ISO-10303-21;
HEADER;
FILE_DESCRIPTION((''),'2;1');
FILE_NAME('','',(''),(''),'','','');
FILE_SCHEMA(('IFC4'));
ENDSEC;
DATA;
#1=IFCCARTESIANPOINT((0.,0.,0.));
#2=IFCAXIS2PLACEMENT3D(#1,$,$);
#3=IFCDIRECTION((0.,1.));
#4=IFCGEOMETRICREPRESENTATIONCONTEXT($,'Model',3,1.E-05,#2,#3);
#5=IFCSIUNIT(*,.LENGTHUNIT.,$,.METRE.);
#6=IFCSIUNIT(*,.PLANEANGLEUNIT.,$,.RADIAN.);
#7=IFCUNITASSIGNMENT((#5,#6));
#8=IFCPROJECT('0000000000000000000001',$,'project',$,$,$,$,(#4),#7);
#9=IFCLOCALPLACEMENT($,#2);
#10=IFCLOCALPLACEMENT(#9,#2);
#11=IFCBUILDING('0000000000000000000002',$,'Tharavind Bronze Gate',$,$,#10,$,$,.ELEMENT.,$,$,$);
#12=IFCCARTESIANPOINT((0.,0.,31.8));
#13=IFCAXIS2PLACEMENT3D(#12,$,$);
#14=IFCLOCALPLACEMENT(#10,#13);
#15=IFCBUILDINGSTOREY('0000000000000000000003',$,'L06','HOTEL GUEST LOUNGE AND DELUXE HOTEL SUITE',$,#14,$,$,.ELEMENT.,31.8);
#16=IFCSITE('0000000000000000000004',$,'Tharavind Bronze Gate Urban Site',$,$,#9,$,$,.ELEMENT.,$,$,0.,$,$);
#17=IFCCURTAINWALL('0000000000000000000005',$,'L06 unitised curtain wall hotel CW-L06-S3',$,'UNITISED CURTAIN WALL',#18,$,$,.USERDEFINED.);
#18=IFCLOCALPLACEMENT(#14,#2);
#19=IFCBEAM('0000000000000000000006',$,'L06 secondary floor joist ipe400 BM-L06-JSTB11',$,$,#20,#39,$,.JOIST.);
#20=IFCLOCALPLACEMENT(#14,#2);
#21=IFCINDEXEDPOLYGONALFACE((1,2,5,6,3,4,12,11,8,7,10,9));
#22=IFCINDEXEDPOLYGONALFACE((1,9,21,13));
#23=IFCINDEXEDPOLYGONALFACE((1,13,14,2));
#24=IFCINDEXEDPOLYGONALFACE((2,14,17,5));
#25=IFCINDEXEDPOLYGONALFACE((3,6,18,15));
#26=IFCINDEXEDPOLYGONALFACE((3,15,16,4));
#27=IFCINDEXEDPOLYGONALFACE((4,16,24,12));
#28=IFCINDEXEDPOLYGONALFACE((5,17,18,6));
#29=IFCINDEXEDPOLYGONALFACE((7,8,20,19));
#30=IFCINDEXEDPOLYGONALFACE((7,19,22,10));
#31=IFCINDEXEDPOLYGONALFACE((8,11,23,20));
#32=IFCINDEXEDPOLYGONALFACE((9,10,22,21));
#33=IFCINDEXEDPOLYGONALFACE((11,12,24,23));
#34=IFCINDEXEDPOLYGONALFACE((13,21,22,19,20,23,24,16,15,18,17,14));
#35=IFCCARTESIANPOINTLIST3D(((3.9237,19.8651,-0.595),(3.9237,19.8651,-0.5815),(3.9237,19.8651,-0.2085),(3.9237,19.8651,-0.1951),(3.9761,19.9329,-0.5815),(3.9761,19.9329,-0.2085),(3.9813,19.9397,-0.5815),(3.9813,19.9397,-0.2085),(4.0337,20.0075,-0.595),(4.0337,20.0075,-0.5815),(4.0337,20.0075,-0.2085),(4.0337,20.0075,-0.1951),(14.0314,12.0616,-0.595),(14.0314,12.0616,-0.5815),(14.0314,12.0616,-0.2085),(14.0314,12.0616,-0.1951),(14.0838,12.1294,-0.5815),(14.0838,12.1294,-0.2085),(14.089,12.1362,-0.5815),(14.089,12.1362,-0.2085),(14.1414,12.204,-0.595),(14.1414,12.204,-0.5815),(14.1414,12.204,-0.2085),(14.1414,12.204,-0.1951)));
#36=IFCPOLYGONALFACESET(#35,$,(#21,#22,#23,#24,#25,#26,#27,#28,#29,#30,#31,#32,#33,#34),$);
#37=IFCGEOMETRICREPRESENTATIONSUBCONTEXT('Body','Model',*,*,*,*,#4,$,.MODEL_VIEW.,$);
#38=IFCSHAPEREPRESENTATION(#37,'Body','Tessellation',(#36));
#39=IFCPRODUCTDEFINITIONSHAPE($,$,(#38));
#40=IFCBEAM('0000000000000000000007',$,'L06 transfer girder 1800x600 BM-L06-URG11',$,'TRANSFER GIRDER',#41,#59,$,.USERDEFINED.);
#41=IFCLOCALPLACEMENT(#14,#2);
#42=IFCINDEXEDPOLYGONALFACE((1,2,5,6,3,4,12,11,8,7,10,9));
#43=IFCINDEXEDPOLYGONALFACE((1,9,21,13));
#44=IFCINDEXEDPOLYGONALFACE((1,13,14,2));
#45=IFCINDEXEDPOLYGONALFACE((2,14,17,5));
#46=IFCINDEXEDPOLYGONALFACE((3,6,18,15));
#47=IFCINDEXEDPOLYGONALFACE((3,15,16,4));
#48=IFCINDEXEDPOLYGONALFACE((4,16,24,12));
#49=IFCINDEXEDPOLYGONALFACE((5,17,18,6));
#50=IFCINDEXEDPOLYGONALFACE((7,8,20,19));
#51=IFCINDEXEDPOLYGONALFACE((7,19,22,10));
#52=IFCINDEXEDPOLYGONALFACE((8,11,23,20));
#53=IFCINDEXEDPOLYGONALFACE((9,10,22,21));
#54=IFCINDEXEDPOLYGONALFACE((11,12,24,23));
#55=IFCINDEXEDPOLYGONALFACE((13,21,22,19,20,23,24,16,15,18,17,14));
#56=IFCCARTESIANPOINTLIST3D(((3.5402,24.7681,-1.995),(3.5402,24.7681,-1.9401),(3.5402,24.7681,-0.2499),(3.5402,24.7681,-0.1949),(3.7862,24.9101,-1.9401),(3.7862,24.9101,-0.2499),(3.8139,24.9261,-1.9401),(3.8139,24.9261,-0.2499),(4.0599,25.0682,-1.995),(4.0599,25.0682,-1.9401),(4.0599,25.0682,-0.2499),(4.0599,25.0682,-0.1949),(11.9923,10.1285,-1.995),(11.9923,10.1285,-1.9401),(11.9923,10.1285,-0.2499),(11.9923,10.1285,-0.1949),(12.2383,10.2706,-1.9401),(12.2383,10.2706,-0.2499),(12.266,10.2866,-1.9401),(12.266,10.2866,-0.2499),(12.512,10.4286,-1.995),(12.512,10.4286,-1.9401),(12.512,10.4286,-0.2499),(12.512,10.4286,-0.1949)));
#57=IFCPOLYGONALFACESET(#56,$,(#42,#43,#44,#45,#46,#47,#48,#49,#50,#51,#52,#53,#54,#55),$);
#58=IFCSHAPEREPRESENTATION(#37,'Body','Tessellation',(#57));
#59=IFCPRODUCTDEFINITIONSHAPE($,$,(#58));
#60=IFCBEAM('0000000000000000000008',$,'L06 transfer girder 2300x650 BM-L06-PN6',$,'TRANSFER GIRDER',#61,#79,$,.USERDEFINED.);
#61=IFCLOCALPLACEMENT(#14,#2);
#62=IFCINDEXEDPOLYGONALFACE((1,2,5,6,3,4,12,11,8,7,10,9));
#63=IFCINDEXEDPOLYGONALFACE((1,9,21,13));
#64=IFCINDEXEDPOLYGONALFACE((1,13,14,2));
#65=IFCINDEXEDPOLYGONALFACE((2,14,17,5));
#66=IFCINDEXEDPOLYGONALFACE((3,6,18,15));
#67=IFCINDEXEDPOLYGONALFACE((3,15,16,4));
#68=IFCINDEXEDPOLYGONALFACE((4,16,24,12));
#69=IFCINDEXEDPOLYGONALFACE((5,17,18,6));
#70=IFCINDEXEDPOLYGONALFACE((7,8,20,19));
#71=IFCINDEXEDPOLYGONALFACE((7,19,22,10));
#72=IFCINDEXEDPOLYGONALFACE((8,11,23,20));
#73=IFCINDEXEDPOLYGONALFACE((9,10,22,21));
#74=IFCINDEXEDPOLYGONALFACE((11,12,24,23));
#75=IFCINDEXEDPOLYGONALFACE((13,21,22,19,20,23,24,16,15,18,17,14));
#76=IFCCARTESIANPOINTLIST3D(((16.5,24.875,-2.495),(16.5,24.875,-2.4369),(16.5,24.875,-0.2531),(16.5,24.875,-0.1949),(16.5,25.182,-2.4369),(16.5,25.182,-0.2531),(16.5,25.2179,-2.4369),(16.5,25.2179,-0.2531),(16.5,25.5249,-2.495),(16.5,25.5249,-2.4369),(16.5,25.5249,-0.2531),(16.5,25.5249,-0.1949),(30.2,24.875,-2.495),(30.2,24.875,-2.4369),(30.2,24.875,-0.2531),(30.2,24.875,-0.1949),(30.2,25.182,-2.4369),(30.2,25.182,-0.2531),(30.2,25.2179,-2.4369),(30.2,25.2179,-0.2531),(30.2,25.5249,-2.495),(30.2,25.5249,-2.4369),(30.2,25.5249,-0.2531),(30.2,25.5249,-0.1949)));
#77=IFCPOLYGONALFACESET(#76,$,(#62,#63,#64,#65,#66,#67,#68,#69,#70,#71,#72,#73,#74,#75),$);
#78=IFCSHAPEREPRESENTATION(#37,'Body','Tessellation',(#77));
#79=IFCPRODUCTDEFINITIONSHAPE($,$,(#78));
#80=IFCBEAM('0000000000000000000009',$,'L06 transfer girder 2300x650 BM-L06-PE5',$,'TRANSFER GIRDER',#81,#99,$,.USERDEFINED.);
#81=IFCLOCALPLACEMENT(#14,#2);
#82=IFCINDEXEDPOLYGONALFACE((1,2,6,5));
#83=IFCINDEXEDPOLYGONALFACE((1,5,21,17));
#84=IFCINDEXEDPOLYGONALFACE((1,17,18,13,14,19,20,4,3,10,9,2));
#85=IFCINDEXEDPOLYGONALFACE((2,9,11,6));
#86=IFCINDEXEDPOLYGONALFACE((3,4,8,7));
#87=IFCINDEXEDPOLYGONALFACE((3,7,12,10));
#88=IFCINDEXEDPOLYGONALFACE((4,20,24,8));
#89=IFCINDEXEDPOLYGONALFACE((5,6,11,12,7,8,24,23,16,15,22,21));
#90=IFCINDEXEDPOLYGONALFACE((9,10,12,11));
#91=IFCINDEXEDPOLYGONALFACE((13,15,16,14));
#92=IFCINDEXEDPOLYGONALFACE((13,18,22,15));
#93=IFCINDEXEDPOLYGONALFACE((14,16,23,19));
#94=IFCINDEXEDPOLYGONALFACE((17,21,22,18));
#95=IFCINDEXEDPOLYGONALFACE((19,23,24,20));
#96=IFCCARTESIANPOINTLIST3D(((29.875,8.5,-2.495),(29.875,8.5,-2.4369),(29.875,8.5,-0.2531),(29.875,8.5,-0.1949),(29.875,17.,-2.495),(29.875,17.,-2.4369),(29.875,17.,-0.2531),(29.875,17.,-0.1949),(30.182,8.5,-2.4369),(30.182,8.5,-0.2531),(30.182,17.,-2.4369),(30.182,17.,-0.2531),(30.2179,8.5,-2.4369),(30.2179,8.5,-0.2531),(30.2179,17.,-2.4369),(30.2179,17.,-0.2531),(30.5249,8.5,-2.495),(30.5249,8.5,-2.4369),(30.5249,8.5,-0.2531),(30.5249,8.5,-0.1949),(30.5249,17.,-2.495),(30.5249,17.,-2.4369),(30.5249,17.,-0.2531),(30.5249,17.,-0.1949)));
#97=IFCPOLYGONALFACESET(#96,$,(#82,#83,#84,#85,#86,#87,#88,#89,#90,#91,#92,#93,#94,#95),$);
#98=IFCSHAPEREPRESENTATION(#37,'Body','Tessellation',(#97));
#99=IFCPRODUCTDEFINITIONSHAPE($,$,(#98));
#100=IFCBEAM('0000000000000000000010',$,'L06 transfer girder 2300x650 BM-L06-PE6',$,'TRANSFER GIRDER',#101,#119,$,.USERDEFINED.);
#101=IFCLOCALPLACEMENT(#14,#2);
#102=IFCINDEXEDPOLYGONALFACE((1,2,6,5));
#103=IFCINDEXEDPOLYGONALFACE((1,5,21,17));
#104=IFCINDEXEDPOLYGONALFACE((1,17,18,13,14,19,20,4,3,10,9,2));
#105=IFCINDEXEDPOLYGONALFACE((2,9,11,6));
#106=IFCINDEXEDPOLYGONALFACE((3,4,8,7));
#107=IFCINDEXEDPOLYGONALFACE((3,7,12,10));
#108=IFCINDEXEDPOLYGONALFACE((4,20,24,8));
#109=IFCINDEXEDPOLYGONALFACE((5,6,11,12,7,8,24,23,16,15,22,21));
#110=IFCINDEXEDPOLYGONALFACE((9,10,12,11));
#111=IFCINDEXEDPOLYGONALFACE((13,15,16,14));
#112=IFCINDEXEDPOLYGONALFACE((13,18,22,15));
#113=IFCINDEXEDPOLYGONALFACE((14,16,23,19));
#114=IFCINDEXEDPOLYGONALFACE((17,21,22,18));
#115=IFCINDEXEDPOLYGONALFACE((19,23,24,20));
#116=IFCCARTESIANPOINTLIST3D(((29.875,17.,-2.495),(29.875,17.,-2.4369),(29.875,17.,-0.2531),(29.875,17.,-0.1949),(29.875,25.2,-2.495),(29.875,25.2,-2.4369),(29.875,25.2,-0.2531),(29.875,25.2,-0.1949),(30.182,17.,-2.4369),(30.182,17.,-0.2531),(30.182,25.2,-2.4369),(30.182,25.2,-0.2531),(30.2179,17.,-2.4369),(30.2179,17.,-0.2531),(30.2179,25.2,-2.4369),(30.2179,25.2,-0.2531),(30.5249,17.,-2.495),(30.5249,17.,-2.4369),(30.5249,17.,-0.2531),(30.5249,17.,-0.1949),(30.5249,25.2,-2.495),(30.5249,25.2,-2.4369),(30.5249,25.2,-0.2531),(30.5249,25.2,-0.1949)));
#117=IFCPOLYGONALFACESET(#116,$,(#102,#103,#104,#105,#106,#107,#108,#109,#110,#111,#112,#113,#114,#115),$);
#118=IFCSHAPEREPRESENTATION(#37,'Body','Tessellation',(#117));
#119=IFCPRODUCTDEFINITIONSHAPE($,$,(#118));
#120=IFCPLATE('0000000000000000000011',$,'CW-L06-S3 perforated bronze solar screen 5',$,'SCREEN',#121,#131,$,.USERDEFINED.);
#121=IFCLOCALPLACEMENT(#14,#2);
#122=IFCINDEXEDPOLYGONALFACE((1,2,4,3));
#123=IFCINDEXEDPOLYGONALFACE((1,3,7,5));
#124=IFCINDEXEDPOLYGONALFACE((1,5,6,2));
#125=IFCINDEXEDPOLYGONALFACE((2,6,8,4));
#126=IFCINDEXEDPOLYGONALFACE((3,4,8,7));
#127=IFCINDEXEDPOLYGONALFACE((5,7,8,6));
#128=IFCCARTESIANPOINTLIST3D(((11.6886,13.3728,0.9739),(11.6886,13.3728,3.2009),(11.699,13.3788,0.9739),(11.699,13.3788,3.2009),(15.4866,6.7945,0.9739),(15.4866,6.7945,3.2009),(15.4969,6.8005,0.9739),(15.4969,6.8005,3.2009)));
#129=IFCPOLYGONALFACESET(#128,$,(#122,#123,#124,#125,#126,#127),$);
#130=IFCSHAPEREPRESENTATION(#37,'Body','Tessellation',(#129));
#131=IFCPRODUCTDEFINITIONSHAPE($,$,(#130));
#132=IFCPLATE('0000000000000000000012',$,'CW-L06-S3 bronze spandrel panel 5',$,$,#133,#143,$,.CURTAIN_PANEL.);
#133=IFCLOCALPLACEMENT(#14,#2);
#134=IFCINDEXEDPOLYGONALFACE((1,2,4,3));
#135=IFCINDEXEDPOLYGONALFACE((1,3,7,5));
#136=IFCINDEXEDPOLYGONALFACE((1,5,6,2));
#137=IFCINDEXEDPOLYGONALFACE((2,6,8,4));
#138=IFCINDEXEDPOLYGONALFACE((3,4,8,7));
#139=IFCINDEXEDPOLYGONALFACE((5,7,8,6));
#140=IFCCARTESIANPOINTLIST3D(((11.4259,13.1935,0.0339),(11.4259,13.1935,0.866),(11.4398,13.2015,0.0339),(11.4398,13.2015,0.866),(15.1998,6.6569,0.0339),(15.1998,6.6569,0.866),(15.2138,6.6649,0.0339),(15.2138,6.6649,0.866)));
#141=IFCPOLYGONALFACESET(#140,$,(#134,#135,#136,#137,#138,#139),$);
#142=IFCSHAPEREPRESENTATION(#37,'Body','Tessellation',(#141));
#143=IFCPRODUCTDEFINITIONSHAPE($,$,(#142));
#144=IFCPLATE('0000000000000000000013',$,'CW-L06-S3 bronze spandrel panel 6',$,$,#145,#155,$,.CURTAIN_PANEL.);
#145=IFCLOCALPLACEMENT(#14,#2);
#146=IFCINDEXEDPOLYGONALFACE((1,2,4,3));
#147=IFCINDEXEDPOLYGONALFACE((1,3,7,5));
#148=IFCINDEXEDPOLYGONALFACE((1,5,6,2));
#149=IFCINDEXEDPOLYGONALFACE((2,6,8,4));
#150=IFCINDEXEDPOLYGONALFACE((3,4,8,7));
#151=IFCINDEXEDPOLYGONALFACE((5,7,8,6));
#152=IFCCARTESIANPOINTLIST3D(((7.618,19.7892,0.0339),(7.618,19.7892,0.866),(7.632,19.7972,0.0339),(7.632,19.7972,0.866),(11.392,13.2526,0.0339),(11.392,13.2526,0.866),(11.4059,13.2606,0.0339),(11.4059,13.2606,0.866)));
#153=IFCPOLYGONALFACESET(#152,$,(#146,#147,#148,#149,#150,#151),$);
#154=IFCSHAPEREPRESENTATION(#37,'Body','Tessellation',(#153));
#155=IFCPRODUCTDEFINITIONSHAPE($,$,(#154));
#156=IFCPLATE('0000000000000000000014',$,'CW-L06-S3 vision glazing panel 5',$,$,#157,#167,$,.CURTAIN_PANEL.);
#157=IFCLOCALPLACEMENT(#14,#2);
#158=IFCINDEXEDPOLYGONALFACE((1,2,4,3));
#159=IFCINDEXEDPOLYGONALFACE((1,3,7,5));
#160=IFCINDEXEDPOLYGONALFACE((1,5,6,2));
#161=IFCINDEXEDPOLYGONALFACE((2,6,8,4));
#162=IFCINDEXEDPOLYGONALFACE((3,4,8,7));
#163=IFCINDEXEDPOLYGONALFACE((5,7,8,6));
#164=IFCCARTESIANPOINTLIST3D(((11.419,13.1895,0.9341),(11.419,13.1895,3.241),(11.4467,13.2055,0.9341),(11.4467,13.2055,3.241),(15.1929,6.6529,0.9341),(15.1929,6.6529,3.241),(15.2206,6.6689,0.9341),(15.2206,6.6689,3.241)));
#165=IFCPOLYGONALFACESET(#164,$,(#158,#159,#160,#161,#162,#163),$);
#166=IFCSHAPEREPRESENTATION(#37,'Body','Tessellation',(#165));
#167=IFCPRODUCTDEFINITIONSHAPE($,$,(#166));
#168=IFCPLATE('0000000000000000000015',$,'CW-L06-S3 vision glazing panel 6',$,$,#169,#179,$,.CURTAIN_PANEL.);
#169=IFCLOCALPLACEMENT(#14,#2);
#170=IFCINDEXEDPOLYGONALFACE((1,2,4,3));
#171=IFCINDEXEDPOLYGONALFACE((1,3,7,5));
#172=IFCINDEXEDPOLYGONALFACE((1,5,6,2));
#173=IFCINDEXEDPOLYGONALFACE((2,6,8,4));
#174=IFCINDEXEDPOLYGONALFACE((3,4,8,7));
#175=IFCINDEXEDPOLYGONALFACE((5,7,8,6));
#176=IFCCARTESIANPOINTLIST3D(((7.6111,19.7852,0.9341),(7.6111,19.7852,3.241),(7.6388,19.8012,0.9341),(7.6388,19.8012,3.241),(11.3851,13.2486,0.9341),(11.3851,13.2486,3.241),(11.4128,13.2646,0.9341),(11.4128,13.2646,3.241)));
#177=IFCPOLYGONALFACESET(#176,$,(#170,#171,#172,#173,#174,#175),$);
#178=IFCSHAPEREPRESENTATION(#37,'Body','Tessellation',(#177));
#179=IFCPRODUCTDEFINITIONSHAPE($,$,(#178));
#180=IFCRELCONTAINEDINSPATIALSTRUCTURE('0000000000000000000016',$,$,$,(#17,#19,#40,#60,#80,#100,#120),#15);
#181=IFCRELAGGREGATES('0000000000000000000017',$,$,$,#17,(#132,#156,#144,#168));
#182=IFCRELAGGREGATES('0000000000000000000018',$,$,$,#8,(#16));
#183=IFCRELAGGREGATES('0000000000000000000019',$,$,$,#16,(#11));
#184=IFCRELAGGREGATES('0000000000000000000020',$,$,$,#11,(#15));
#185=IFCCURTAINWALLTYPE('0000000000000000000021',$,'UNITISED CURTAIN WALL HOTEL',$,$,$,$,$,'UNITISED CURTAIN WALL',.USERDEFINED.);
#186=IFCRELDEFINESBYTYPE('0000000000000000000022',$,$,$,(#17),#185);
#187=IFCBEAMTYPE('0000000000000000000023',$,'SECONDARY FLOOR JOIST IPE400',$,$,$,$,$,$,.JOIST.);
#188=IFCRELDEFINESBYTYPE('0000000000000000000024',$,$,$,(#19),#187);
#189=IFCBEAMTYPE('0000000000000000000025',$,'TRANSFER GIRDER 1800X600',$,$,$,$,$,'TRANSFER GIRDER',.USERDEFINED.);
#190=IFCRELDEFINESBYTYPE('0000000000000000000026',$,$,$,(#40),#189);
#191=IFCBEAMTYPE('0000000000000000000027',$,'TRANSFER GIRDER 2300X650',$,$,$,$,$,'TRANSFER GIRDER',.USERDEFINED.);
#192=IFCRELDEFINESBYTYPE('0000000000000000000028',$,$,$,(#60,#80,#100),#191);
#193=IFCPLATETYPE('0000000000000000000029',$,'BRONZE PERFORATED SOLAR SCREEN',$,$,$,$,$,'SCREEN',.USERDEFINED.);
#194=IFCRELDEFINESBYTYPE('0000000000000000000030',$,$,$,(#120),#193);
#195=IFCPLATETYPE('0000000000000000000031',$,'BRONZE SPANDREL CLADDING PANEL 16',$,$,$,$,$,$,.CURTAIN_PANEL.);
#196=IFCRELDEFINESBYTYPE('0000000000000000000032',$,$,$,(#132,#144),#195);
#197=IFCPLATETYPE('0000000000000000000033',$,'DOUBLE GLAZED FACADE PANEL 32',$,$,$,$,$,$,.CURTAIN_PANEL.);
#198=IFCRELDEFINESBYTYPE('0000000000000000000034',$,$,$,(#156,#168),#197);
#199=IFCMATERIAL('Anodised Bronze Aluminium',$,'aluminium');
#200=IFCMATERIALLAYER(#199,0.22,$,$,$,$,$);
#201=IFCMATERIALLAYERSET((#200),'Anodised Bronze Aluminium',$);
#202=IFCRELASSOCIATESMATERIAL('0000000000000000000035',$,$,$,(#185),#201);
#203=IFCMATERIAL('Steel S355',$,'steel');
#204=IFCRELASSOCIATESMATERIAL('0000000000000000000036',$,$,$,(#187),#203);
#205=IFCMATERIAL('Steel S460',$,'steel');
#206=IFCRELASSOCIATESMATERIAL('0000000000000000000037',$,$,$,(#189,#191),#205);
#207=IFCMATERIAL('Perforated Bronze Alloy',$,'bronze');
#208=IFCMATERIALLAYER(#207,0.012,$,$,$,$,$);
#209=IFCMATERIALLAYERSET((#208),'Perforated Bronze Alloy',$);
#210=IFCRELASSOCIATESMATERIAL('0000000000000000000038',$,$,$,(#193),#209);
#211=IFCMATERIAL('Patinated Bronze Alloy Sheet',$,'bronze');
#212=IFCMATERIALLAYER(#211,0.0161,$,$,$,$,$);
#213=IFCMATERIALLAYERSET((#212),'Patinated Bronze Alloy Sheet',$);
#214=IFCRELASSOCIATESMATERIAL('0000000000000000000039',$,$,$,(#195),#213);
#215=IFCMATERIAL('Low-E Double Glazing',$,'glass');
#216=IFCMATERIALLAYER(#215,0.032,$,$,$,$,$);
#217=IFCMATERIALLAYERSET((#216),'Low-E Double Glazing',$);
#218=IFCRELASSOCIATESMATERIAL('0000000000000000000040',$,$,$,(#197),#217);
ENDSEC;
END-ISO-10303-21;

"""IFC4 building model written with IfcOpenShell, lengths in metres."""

from ifc_helpers import new_model, si_unit, direction, frame, origin, origin_2d, place, context, subcontext, project, spatial, rectangle, i_section, extrude, material, layer, layer_set, material_profile, profile_set, type_object, element, aggregate, save


model = new_model("IFC4")

# Units and contexts
model_context = context("Model", 3, precision=1e-05, world=origin(), true_north=direction((0.0, 1.0)))
body_context = subcontext(model_context, "Body", "Model", "MODEL_VIEW")
ifc_project = project(units=[si_unit("LENGTHUNIT", "METRE"), si_unit("PLANEANGLEUNIT", "RADIAN")], contexts=[model_context])

# Site, building, storey
site_placement = place(None, origin())
site = spatial("IfcSite", under=ifc_project, at=site_placement, Name="Tharavind Bronze Gate Urban Site", CompositionType="ELEMENT", RefElevation=0.0)
building_placement = place(site_placement, origin())
building = spatial("IfcBuilding", under=site, at=building_placement, Name="Tharavind Bronze Gate", CompositionType="ELEMENT")
storey_placement = place(building_placement, frame((0.0, 0.0, 31.8)))
storey = spatial("IfcBuildingStorey", under=building, at=storey_placement, Name="L06", Description="HOTEL GUEST LOUNGE AND DELUXE HOTEL SUITE", CompositionType="ELEMENT", Elevation=31.8)

# Shared definitions
ifc_material_1 = material(Name="Steel S460", Category="steel")

# Curtain wall
ifc_material_2 = material(Name="Anodised Bronze Aluminium", Category="aluminium")
ifc_layer_1 = layer(ifc_material_2, 0.22)
ifc_layer_set_1 = layer_set([ifc_layer_1], Name="Anodised Bronze Aluminium")
curtain_wall_type = type_object("IfcCurtainWallType", Name="UNITISED CURTAIN WALL HOTEL", ElementType="UNITISED CURTAIN WALL", PredefinedType="USERDEFINED", material=ifc_layer_set_1)
curtain_wall_placement = place(storey_placement, origin())
curtain_wall = element("IfcCurtainWall", 1, at=curtain_wall_placement, inside=storey, type_object=curtain_wall_type, Name="L06 unitised curtain wall hotel CW-L06-S3", ObjectType="UNITISED CURTAIN WALL", PredefinedType="USERDEFINED")

# Beams
ifc_material_3 = material(Name="Steel S355", Category="steel")
ifc_material_profile_1 = material_profile(ifc_material_3, i_section(OverallWidth=0.1799, OverallDepth=0.3999, WebThickness=0.0085, FlangeThickness=0.0134, at=origin_2d()), Name="IPE400")
ifc_profile_set_1 = profile_set([ifc_material_profile_1], Name="Steel S355")
beam_type_1 = type_object("IfcBeamType", Name="SECONDARY FLOOR JOIST IPE400", PredefinedType="JOIST", material=ifc_profile_set_1)
beam_1_placement = place(storey_placement, frame((14.0864, 12.1328, -0.395), z_axis=(-0.79155, 0.611104, 0.0), x_axis=(-0.611104, -0.79155, 0.0)))
element("IfcBeam", 2, at=beam_1_placement, inside=storey, type_object=beam_type_1, Name="L06 secondary floor joist ipe400 BM-L06-JSTB11", PredefinedType="JOIST", context=body_context, shape_type="SweptSolid", body=[
    extrude(i_section(OverallWidth=0.1799, OverallDepth=0.3999, WebThickness=0.0085, FlangeThickness=0.0134, at=origin_2d()), origin(), (0.0, 0.0, 1.0), 12.7695),
])
ifc_material_profile_2 = material_profile(ifc_material_1, i_section(OverallWidth=0.6001, OverallDepth=1.8, WebThickness=0.032, FlangeThickness=0.0549, at=origin_2d()), Name="PG1800X600")
ifc_profile_set_2 = profile_set([ifc_material_profile_2], Name="Steel S460")
beam_type_2 = type_object("IfcBeamType", Name="TRANSFER GIRDER 1800X600", ElementType="TRANSFER GIRDER", PredefinedType="USERDEFINED", material=ifc_profile_set_2)
beam_2_placement = place(storey_placement, frame((12.2522, 10.2786, -1.095), z_axis=(-0.499997, 0.866027, 0.0), x_axis=(-0.866027, -0.499997, 0.0)))
element("IfcBeam", 3, at=beam_2_placement, inside=storey, type_object=beam_type_2, Name="L06 transfer girder 1800x600 BM-L06-URG11", ObjectType="TRANSFER GIRDER", PredefinedType="USERDEFINED", context=body_context, shape_type="SweptSolid", body=[
    extrude(i_section(OverallWidth=0.6001, OverallDepth=1.8, WebThickness=0.032, FlangeThickness=0.0549, at=origin_2d()), origin(), (0.0, 0.0, 1.0), 16.9043),
])
ifc_material_profile_3 = material_profile(ifc_material_1, i_section(OverallWidth=0.6499, OverallDepth=2.3, WebThickness=0.0359, FlangeThickness=0.0581, at=origin_2d()), Name="PG2300X650")
ifc_profile_set_3 = profile_set([ifc_material_profile_3], Name="Steel S460")
beam_type_3 = type_object("IfcBeamType", Name="TRANSFER GIRDER 2300X650", ElementType="TRANSFER GIRDER", PredefinedType="USERDEFINED", material=ifc_profile_set_3)
beam_3_placement = place(storey_placement, frame((16.5, 25.2, -1.345), z_axis=(1.0, 0.0, 0.0), x_axis=(0.0, 1.0, 0.0)))
element("IfcBeam", 4, at=beam_3_placement, inside=storey, type_object=beam_type_3, Name="L06 transfer girder 2300x650 BM-L06-PN6", ObjectType="TRANSFER GIRDER", PredefinedType="USERDEFINED", context=body_context, shape_type="SweptSolid", body=[
    extrude(i_section(OverallWidth=0.6499, OverallDepth=2.3, WebThickness=0.0359, FlangeThickness=0.0581, at=origin_2d()), origin(), (0.0, 0.0, 1.0), 13.7),
])
beam_4_placement = place(storey_placement, frame((30.2, 8.5, -1.345), z_axis=(0.0, 1.0, 0.0), x_axis=(-1.0, 0.0, 0.0)))
element("IfcBeam", 5, at=beam_4_placement, inside=storey, type_object=beam_type_3, Name="L06 transfer girder 2300x650 BM-L06-PE5", ObjectType="TRANSFER GIRDER", PredefinedType="USERDEFINED", context=body_context, shape_type="SweptSolid", body=[
    extrude(i_section(OverallWidth=0.6499, OverallDepth=2.3, WebThickness=0.0359, FlangeThickness=0.0581, at=origin_2d()), origin(), (0.0, 0.0, 1.0), 8.5),
])
beam_5_placement = place(storey_placement, frame((30.2, 17.0, -1.345), z_axis=(0.0, 1.0, 0.0), x_axis=(-1.0, 0.0, 0.0)))
element("IfcBeam", 6, at=beam_5_placement, inside=storey, type_object=beam_type_3, Name="L06 transfer girder 2300x650 BM-L06-PE6", ObjectType="TRANSFER GIRDER", PredefinedType="USERDEFINED", context=body_context, shape_type="SweptSolid", body=[
    extrude(i_section(OverallWidth=0.6499, OverallDepth=2.3, WebThickness=0.0359, FlangeThickness=0.0581, at=origin_2d()), origin(), (0.0, 0.0, 1.0), 8.2),
])

# Plates
ifc_material_4 = material(Name="Perforated Bronze Alloy", Category="bronze")
ifc_layer_2 = layer(ifc_material_4, 0.012)
ifc_layer_set_2 = layer_set([ifc_layer_2], Name="Perforated Bronze Alloy")
plate_type_1 = type_object("IfcPlateType", Name="BRONZE PERFORATED SOLAR SCREEN", ElementType="SCREEN", PredefinedType="USERDEFINED", material=ifc_layer_set_2)
plate_1_placement = place(storey_placement, frame((13.5928, 10.0867, 0.9739), z_axis=(0.0, 0.0, 1.0), x_axis=(-0.500002, 0.866025, 0.0)))
element("IfcPlate", 7, at=plate_1_placement, inside=storey, type_object=plate_type_1, Name="CW-L06-S3 perforated bronze solar screen 5", ObjectType="SCREEN", PredefinedType="USERDEFINED", context=body_context, shape_type="SweptSolid", body=[
    extrude(rectangle(XDim=7.5959, YDim=0.012, at=origin_2d()), origin(), (0.0, 0.0, 1.0), 2.2271),
])
ifc_material_5 = material(Name="Patinated Bronze Alloy Sheet", Category="bronze")
ifc_layer_3 = layer(ifc_material_5, 0.0161)
ifc_layer_set_3 = layer_set([ifc_layer_3], Name="Patinated Bronze Alloy Sheet")
plate_type_2 = type_object("IfcPlateType", Name="BRONZE SPANDREL CLADDING PANEL 16", PredefinedType="CURTAIN_PANEL", material=ifc_layer_set_3)
plate_2_placement = place(storey_placement, frame((13.3198, 9.9292, 0.0339), z_axis=(0.0, 0.0, 1.0), x_axis=(-0.500002, 0.866025, 0.0)))
plate_2 = element("IfcPlate", 8, at=plate_2_placement, type_object=plate_type_2, Name="CW-L06-S3 bronze spandrel panel 5", PredefinedType="CURTAIN_PANEL", context=body_context, shape_type="SweptSolid", body=[
    extrude(rectangle(XDim=7.5479, YDim=0.0161, at=origin_2d()), origin(), (0.0, 0.0, 1.0), 0.832),
])
plate_3_placement = place(storey_placement, frame((9.512, 16.5249, 0.0339), z_axis=(0.0, 0.0, 1.0), x_axis=(-0.500002, 0.866025, 0.0)))
plate_3 = element("IfcPlate", 9, at=plate_3_placement, type_object=plate_type_2, Name="CW-L06-S3 bronze spandrel panel 6", PredefinedType="CURTAIN_PANEL", context=body_context, shape_type="SweptSolid", body=[
    extrude(rectangle(XDim=7.5479, YDim=0.0161, at=origin_2d()), origin(), (0.0, 0.0, 1.0), 0.832),
])
ifc_material_6 = material(Name="Low-E Double Glazing", Category="glass")
ifc_layer_4 = layer(ifc_material_6, 0.032)
ifc_layer_set_4 = layer_set([ifc_layer_4], Name="Low-E Double Glazing")
plate_type_3 = type_object("IfcPlateType", Name="DOUBLE GLAZED FACADE PANEL 32", PredefinedType="CURTAIN_PANEL", material=ifc_layer_set_4)
plate_4_placement = place(storey_placement, frame((13.3198, 9.9292, 0.9341), z_axis=(0.0, 0.0, 1.0), x_axis=(-0.500002, 0.866025, 0.0)))
plate_4 = element("IfcPlate", 10, at=plate_4_placement, type_object=plate_type_3, Name="CW-L06-S3 vision glazing panel 5", PredefinedType="CURTAIN_PANEL", context=body_context, shape_type="SweptSolid", body=[
    extrude(rectangle(XDim=7.5479, YDim=0.032, at=origin_2d()), origin(), (0.0, 0.0, 1.0), 2.3069),
])
plate_5_placement = place(storey_placement, frame((9.512, 16.5249, 0.9341), z_axis=(0.0, 0.0, 1.0), x_axis=(-0.500002, 0.866025, 0.0)))
plate_5 = element("IfcPlate", 11, at=plate_5_placement, type_object=plate_type_3, Name="CW-L06-S3 vision glazing panel 6", PredefinedType="CURTAIN_PANEL", context=body_context, shape_type="SweptSolid", body=[
    extrude(rectangle(XDim=7.5479, YDim=0.032, at=origin_2d()), origin(), (0.0, 0.0, 1.0), 2.3069),
])
aggregate(curtain_wall, [plate_2, plate_4, plate_3, plate_5])

save(model, "model.ifc")
